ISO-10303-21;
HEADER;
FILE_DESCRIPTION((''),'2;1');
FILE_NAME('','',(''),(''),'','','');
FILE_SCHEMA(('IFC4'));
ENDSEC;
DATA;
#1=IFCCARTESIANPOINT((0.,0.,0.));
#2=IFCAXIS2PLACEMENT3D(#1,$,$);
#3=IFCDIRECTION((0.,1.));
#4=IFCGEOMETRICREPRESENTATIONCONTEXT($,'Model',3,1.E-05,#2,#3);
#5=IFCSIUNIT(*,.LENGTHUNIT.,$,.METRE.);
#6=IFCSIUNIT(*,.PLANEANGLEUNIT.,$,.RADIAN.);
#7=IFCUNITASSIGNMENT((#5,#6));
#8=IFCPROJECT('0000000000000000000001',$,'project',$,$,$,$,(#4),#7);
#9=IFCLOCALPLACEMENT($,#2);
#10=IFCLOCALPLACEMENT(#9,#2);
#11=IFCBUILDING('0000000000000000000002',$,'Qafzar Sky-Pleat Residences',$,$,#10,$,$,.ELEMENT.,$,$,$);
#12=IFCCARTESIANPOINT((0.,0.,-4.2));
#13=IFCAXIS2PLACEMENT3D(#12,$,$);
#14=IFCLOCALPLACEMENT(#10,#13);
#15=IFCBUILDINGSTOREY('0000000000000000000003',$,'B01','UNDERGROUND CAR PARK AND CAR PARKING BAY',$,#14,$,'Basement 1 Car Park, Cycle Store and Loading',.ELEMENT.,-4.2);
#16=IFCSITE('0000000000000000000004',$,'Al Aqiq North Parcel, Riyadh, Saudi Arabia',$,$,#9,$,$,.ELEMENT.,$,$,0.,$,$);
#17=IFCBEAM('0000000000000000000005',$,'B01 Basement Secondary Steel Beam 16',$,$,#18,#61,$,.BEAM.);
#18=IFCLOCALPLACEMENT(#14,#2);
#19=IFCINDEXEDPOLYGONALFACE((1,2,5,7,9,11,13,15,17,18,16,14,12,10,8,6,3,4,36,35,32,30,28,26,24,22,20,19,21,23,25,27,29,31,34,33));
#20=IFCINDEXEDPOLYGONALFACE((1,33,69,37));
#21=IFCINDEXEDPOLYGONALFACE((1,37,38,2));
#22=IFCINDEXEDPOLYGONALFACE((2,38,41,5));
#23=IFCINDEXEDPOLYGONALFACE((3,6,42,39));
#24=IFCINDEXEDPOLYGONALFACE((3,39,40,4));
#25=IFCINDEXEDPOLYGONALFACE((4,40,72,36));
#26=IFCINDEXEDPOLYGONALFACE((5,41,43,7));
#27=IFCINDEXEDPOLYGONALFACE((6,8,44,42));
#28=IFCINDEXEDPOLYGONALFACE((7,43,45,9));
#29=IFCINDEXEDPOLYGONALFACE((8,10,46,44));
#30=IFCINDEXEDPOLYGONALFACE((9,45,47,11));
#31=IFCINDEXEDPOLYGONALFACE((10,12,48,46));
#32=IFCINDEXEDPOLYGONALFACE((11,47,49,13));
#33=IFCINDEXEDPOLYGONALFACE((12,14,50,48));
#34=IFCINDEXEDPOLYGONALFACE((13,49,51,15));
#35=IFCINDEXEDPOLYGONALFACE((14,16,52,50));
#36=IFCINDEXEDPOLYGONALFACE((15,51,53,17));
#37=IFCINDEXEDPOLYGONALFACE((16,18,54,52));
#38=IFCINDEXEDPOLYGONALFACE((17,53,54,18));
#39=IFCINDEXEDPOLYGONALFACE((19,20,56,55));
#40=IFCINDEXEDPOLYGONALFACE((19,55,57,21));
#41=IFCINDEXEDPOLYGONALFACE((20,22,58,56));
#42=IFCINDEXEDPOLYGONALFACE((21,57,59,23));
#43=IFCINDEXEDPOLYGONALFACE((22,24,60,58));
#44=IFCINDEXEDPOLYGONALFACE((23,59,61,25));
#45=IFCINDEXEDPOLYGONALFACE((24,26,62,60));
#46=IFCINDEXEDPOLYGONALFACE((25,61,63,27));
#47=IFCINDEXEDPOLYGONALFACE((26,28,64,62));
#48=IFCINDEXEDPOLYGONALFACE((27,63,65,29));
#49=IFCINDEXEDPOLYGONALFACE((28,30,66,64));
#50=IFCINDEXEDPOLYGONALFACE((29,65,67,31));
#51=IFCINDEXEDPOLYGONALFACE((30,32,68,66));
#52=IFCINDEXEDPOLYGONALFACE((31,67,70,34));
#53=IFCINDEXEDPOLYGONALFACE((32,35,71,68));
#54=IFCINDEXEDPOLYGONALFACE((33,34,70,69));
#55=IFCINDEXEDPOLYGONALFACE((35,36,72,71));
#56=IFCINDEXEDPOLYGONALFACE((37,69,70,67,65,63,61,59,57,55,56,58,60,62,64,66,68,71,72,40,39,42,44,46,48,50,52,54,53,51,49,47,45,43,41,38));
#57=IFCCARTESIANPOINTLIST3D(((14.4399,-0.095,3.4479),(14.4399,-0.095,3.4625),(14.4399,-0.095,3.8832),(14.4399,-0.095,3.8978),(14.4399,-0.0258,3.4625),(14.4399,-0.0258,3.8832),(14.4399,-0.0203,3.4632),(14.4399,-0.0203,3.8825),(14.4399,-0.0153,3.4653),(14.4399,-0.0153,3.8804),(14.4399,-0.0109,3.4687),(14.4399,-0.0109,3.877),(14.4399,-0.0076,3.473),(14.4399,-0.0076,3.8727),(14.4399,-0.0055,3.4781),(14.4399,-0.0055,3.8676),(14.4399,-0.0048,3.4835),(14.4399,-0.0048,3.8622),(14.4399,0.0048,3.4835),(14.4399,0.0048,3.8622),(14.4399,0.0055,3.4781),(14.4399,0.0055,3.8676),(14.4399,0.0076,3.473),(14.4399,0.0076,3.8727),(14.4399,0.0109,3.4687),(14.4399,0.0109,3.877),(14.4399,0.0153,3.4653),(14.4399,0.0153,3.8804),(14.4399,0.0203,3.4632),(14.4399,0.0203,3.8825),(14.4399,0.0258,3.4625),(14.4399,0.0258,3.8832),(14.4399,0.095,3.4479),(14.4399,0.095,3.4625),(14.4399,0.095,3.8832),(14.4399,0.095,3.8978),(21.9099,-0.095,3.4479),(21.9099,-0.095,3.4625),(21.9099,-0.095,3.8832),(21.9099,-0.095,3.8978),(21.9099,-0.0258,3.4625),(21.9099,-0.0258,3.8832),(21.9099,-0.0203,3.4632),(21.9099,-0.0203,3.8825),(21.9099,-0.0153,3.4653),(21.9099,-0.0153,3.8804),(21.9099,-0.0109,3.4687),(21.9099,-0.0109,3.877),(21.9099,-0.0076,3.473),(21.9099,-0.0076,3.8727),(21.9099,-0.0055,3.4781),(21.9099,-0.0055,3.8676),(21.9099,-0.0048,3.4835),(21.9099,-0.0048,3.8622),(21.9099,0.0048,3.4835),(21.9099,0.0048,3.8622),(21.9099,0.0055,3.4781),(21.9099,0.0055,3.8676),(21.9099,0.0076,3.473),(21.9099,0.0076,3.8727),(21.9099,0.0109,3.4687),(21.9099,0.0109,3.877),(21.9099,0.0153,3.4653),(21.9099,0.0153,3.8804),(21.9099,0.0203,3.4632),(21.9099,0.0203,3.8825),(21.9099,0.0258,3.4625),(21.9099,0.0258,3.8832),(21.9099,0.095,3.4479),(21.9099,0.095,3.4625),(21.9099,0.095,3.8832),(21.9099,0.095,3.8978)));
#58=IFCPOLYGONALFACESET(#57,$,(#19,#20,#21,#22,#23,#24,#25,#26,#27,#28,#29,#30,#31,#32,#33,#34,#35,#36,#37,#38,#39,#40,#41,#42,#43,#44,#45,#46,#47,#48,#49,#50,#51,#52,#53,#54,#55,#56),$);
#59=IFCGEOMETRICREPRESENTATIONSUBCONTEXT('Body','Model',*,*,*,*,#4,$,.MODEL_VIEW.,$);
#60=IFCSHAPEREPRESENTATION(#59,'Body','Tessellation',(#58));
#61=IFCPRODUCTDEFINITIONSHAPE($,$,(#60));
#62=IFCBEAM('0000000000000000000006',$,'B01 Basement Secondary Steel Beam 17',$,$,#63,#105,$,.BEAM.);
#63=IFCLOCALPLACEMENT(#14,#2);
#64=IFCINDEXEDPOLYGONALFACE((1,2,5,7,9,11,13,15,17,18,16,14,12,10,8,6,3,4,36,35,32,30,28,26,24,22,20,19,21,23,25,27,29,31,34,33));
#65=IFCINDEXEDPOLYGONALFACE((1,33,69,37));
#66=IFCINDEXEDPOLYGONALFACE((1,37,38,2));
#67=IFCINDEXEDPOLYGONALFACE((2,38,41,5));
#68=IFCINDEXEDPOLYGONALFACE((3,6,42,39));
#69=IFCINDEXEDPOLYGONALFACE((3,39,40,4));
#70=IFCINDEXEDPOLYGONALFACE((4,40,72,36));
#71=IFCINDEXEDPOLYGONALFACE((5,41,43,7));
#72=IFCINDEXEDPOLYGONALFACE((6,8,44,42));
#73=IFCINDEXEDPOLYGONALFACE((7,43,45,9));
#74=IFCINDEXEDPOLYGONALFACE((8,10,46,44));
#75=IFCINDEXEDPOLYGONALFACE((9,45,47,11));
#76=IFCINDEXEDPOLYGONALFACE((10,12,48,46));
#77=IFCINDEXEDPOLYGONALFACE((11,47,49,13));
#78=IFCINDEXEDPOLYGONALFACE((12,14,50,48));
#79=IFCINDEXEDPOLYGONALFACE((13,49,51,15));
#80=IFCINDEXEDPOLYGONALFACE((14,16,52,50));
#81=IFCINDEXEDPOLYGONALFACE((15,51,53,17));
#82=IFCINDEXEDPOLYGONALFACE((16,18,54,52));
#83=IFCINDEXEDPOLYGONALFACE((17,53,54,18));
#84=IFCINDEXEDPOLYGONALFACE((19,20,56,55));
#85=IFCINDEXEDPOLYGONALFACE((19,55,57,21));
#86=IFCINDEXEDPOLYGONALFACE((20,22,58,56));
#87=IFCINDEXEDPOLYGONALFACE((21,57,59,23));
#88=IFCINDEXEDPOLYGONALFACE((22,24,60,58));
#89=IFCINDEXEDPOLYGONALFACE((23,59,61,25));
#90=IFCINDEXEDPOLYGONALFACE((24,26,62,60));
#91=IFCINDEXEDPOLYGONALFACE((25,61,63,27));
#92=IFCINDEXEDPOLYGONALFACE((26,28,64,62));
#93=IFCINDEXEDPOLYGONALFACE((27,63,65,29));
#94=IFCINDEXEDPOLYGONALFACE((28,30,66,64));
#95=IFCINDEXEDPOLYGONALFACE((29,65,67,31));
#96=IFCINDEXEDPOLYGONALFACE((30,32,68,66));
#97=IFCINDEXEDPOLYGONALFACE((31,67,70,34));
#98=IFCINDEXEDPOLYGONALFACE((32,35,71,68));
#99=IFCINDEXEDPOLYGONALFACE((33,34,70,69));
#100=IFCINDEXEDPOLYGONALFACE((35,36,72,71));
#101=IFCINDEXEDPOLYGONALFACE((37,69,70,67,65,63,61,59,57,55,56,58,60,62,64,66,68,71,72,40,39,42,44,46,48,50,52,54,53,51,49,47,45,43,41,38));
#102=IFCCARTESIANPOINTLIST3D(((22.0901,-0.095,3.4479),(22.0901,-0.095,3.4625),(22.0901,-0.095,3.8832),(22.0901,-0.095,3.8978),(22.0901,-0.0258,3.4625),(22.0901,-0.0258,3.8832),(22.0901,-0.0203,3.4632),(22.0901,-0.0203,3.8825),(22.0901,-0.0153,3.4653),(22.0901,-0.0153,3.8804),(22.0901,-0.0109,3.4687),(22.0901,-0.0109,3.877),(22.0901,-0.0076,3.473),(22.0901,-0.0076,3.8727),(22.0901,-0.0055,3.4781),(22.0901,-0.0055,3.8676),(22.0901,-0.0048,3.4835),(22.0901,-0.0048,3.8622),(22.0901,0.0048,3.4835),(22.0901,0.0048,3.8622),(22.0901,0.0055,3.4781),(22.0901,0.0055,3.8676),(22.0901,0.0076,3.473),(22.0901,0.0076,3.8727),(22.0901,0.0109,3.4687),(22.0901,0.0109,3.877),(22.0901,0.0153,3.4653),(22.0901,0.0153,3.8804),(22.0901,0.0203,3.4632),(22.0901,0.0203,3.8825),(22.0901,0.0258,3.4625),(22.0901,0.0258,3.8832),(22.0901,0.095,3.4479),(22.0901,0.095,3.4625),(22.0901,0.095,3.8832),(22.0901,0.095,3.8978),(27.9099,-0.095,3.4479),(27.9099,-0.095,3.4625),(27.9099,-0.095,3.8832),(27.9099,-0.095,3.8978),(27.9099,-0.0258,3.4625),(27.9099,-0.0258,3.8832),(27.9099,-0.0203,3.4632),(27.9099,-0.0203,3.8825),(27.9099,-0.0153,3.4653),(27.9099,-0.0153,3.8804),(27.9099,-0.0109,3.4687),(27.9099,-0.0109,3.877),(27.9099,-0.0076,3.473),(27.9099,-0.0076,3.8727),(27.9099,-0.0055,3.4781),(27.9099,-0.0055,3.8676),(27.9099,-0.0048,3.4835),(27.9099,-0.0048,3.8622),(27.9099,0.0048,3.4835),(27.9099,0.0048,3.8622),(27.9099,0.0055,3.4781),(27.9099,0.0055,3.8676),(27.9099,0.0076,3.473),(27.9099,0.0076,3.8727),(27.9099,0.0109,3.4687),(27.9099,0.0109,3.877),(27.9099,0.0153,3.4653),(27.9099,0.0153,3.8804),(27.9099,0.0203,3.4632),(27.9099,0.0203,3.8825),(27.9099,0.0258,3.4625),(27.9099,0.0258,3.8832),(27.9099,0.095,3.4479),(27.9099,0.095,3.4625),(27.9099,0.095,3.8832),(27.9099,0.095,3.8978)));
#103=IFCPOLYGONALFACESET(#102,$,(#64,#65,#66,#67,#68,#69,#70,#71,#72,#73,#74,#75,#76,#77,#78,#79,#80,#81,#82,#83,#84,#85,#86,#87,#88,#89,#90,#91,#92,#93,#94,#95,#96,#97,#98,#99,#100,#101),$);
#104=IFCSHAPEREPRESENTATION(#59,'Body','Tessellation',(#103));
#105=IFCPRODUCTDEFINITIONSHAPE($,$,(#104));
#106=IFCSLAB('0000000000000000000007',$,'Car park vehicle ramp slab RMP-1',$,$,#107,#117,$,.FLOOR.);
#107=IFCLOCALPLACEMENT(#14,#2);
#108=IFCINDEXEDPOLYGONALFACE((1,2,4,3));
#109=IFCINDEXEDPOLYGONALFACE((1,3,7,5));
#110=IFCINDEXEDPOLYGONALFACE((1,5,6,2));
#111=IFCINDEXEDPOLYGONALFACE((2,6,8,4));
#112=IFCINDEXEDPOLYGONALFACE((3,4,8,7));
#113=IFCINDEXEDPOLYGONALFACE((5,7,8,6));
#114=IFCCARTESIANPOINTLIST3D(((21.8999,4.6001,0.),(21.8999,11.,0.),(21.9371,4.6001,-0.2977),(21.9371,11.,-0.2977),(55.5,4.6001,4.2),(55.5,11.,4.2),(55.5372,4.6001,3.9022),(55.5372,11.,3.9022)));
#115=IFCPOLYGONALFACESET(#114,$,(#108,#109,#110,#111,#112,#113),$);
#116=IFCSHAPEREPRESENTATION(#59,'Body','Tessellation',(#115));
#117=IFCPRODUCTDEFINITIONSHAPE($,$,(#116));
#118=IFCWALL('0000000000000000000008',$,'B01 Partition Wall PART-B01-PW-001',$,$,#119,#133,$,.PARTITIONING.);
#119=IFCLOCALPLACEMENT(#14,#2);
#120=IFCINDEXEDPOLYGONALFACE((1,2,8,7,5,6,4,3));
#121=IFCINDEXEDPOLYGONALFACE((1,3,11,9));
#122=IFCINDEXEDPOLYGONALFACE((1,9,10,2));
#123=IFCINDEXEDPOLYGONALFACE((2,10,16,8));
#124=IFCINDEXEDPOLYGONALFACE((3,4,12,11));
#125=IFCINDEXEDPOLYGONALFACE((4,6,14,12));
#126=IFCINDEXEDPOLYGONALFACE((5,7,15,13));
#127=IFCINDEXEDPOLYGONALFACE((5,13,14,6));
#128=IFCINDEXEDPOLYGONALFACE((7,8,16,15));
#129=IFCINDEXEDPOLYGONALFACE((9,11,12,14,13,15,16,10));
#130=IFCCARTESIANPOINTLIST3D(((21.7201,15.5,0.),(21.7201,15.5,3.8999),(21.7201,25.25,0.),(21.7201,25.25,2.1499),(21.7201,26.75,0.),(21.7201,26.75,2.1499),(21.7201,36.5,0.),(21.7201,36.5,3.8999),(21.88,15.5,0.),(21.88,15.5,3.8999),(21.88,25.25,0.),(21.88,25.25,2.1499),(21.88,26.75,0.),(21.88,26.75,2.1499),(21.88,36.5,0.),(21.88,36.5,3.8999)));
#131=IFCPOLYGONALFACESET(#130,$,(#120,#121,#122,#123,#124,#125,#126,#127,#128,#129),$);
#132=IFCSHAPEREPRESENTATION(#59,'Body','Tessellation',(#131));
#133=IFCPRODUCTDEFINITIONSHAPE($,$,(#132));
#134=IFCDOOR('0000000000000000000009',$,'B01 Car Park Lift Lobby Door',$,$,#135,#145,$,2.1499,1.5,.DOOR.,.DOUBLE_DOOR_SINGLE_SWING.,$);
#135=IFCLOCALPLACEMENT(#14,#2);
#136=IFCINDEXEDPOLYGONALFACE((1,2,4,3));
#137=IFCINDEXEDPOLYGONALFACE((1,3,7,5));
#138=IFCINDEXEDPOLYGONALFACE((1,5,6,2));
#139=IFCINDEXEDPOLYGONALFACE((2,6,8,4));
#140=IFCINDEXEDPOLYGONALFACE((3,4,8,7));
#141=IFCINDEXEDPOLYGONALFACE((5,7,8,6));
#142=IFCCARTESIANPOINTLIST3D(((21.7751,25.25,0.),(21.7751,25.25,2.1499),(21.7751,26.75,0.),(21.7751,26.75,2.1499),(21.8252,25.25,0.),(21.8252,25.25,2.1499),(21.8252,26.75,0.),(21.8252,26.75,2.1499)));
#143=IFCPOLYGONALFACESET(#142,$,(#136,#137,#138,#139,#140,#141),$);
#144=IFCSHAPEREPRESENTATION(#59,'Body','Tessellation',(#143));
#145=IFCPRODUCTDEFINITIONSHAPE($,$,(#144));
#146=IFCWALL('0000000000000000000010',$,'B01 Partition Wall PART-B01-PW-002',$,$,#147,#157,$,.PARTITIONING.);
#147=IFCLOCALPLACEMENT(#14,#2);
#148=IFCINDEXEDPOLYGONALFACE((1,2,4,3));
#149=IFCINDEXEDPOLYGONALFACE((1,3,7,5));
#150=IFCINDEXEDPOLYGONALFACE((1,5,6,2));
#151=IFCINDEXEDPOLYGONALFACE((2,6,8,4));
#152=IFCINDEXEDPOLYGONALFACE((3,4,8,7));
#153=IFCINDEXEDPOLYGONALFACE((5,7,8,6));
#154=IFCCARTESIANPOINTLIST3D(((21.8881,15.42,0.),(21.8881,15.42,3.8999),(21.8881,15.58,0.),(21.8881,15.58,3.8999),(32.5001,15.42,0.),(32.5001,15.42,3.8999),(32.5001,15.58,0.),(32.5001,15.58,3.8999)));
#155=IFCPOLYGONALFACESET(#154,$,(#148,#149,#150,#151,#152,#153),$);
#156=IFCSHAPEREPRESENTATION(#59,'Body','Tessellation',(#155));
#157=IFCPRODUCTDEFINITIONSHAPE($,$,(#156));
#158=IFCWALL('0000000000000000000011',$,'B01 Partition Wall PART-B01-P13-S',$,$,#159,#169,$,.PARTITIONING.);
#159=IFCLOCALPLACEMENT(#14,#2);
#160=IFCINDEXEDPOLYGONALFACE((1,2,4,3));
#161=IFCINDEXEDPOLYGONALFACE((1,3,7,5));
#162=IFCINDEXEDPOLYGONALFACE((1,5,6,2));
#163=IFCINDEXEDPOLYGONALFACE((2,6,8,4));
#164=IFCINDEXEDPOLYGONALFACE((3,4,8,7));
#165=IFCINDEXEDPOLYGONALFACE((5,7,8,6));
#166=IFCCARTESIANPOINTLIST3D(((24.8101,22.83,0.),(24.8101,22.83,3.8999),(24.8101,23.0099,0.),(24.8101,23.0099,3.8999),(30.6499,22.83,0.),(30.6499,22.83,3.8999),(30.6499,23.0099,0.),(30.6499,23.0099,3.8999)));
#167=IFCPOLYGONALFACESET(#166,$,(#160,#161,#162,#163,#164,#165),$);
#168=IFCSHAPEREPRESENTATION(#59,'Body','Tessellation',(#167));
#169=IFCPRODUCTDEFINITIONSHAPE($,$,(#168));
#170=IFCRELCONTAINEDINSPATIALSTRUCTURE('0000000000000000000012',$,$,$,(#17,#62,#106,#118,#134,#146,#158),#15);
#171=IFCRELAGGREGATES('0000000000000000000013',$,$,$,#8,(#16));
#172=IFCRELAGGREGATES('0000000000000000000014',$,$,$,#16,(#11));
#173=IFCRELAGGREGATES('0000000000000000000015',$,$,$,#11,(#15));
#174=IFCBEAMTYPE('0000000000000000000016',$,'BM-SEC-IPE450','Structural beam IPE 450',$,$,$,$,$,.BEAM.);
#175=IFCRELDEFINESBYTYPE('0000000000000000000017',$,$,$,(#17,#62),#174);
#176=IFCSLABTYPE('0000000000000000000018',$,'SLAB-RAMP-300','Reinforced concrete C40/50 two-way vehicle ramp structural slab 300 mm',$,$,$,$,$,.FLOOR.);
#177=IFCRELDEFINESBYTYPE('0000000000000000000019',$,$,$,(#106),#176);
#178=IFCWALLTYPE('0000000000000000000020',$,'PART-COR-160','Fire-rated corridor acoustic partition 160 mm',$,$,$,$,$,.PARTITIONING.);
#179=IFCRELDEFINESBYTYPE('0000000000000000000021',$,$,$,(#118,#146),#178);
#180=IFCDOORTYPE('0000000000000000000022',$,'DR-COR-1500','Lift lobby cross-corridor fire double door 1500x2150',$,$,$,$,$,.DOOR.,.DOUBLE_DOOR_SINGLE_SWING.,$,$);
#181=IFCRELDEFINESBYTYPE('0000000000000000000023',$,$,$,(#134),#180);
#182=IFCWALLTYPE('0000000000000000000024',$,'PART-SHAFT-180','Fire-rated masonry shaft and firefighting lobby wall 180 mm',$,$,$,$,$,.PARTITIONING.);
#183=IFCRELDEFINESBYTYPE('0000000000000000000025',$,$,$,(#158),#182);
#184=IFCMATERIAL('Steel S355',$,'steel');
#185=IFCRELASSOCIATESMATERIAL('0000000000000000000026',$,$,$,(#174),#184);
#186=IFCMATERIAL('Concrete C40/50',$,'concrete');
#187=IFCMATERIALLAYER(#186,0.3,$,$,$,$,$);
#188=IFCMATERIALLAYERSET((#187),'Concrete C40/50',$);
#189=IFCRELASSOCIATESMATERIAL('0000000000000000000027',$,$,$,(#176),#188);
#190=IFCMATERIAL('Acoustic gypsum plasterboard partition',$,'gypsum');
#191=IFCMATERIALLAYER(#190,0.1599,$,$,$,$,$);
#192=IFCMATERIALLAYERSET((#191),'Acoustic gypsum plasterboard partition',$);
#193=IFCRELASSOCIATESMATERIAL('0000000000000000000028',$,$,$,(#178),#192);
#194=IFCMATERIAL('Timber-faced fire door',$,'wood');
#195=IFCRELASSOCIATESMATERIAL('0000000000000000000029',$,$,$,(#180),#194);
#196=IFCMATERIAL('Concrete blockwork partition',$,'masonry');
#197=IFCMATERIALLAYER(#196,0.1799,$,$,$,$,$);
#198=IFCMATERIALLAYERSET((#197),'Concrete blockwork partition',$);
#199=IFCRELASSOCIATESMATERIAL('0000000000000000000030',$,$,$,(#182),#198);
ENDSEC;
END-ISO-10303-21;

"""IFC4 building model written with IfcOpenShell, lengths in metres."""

from ifc_helpers import new_model, si_unit, direction, frame, frame_2d, origin, origin_2d, place, context, subcontext, project, spatial, polyline, rectangle, i_section, outline, extrude, source, transform, mapped, material, layer, layer_set, material_profile, profile_set, type_object, element, fill, save


model = new_model("IFC4")

# Units and contexts
model_context = context("Model", 3, precision=1e-05, world=origin(), true_north=direction((0.0, 1.0)))
body_context = subcontext(model_context, "Body", "Model", "MODEL_VIEW")
ifc_project = project(units=[si_unit("LENGTHUNIT", "METRE"), si_unit("PLANEANGLEUNIT", "RADIAN")], contexts=[model_context])

# Site, building, storey
site_placement = place(None, origin())
site = spatial("IfcSite", under=ifc_project, at=site_placement, Name="Al Aqiq North Parcel, Riyadh, Saudi Arabia", CompositionType="ELEMENT", RefElevation=0.0)
building_placement = place(site_placement, origin())
building = spatial("IfcBuilding", under=site, at=building_placement, Name="Qafzar Sky-Pleat Residences", CompositionType="ELEMENT")
storey_placement = place(building_placement, frame((0.0, 0.0, -4.2)))
storey = spatial("IfcBuildingStorey", under=building, at=storey_placement, Name="B01", Description="UNDERGROUND CAR PARK AND CAR PARKING BAY", LongName="Basement 1 Car Park, Cycle Store and Loading", CompositionType="ELEMENT", Elevation=-4.2)

# Beams
ifc_material_1 = material(Name="Steel S355", Category="steel")
ifc_material_profile_1 = material_profile(ifc_material_1, i_section(OverallWidth=0.1899, OverallDepth=0.45, WebThickness=0.0095, FlangeThickness=0.0146, FilletRadius=0.021, at=origin_2d()), Name="IPE 450")
ifc_profile_set_1 = profile_set([ifc_material_profile_1], Name="Steel S355")
beam_type_1 = type_object("IfcBeamType", Name="BM-SEC-IPE450", Description="Structural beam IPE 450", PredefinedType="BEAM", material=ifc_profile_set_1)
shared_shape_1 = source(origin(), body_context, "Body", "SweptSolid", [
    extrude(i_section(OverallWidth=0.1899, OverallDepth=0.45, WebThickness=0.0095, FlangeThickness=0.0146, FilletRadius=0.021, at=origin_2d()), origin(), (0.0, 0.0, 1.0), 7.47),
])
beam_1_placement = place(storey_placement, frame((14.4399, 0.0, 3.6729), z_axis=(1.0, 0.0, 0.0), x_axis=(0.0, 1.0, 0.0)))
element("IfcBeam", 1, at=beam_1_placement, inside=storey, type_object=beam_type_1, Name="B01 Basement Secondary Steel Beam 16", PredefinedType="BEAM", context=body_context, shape_type="MappedRepresentation", body=[
    mapped(shared_shape_1, transform((0.0, 0.0, 0.0), x_axis=(1.0, 0.0, 0.0), y_axis=(0.0, 1.0, 0.0), z_axis=(0.0, 0.0, 1.0), scale=1.0)),
])
shared_shape_2 = source(origin(), body_context, "Body", "SweptSolid", [
    extrude(i_section(OverallWidth=0.1899, OverallDepth=0.45, WebThickness=0.0095, FlangeThickness=0.0146, FilletRadius=0.021, at=origin_2d()), origin(), (0.0, 0.0, 1.0), 5.8198),
])
beam_2_placement = place(storey_placement, frame((22.0901, 0.0, 3.6729), z_axis=(1.0, 0.0, 0.0), x_axis=(0.0, 1.0, 0.0)))
element("IfcBeam", 2, at=beam_2_placement, inside=storey, type_object=beam_type_1, Name="B01 Basement Secondary Steel Beam 17", PredefinedType="BEAM", context=body_context, shape_type="MappedRepresentation", body=[
    mapped(shared_shape_2, transform((0.0, 0.0, 0.0), x_axis=(1.0, 0.0, 0.0), y_axis=(0.0, 1.0, 0.0), z_axis=(0.0, 0.0, 1.0), scale=1.0)),
])

# Slab
ifc_material_2 = material(Name="Concrete C40/50", Category="concrete")
ifc_layer_1 = layer(ifc_material_2, 0.3)
ifc_layer_set_1 = layer_set([ifc_layer_1], Name="Concrete C40/50")
slab_type = type_object("IfcSlabType", Name="SLAB-RAMP-300", Description="Reinforced concrete C40/50 two-way vehicle ramp structural slab 300 mm", PredefinedType="FLOOR", material=ifc_layer_set_1)
slab_placement = place(storey_placement, frame((21.8999, 4.6001, 0.0), z_axis=(-0.124033, 0.0, 0.992278), x_axis=(0.992278, 0.0, 0.124033)))
element("IfcSlab", 3, at=slab_placement, inside=storey, type_object=slab_type, Name="Car park vehicle ramp slab RMP-1", PredefinedType="FLOOR", context=body_context, shape_type="SweptSolid", body=[
    extrude(outline(polyline([(0.0, 0.0), (33.8616, 0.0), (33.8616, 6.3999), (0.0, 6.3999), (0.0, 0.0)])), origin(), (0.0, 0.0, -1.0), 0.3),
])

# Wall, opening, door
ifc_material_3 = material(Name="Acoustic gypsum plasterboard partition", Category="gypsum")
ifc_layer_2 = layer(ifc_material_3, 0.1599)
ifc_layer_set_2 = layer_set([ifc_layer_2], Name="Acoustic gypsum plasterboard partition")
wall_type_1 = type_object("IfcWallType", Name="PART-COR-160", Description="Fire-rated corridor acoustic partition 160 mm", PredefinedType="PARTITIONING", material=ifc_layer_set_2)
wall_1_placement = place(storey_placement, frame((21.8, 15.5, 0.0), z_axis=(0.0, 0.0, 1.0), x_axis=(0.0, 1.0, 0.0)))
wall_1 = element("IfcWall", 4, at=wall_1_placement, inside=storey, type_object=wall_type_1, Name="B01 Partition Wall PART-B01-PW-001", PredefinedType="PARTITIONING", context=body_context, shape_type="SweptSolid", body=[
    extrude(rectangle(XDim=21.0, YDim=0.1599, at=frame_2d((10.5, 0.0))), origin(), (0.0, 0.0, 1.0), 3.8999),
])
opening_1_placement = place(wall_1_placement, frame((9.75, 0.0, 0.0)))
opening_1 = element("IfcOpeningElement", 5, at=opening_1_placement, cuts=wall_1, PredefinedType="OPENING", context=body_context, shape_type="SweptSolid", body=[
    extrude(rectangle(XDim=1.5, YDim=2.1499, at=frame_2d((0.75, 1.075))), frame((0.0, 0.0898, 0.0), z_axis=(0.0, -1.0, 0.0), x_axis=(1.0, 0.0, 0.0)), (0.0, 0.0, 1.0), 0.1799),
])
ifc_material_4 = material(Name="Timber-faced fire door", Category="wood")
door_type_1 = type_object("IfcDoorType", Name="DR-COR-1500", Description="Lift lobby cross-corridor fire double door 1500x2150", OperationType="DOUBLE_DOOR_SINGLE_SWING", PredefinedType="DOOR", material=ifc_material_4)
shared_shape_3 = source(origin(), body_context, "Body", "SweptSolid", [
    extrude(rectangle(XDim=1.5, YDim=2.1499, at=frame_2d((0.75, 1.075))), frame((0.0, 0.0249, 0.0), z_axis=(0.0, -1.0, 0.0), x_axis=(1.0, 0.0, 0.0)), (0.0, 0.0, 1.0), 0.05),
])
door_1_placement = place(opening_1_placement, origin())
door_1 = element("IfcDoor", 6, at=door_1_placement, inside=storey, type_object=door_type_1, Name="B01 Car Park Lift Lobby Door", OperationType="DOUBLE_DOOR_SINGLE_SWING", OverallHeight=2.1499, OverallWidth=1.5, PredefinedType="DOOR", context=body_context, shape_type="MappedRepresentation", body=[
    mapped(shared_shape_3, transform((0.0, 0.0, 0.0), x_axis=(1.0, 0.0, 0.0), y_axis=(0.0, 1.0, 0.0), z_axis=(0.0, 0.0, 1.0), scale=1.0)),
])
fill(opening_1, door_1)

# Walls
wall_2_placement = place(storey_placement, frame((21.8879, 15.5, 0.0), z_axis=(0.0, 0.0, 1.0), x_axis=(1.0, 0.0, 0.0)))
element("IfcWall", 7, at=wall_2_placement, inside=storey, type_object=wall_type_1, Name="B01 Partition Wall PART-B01-PW-002", PredefinedType="PARTITIONING", context=body_context, shape_type="SweptSolid", body=[
    extrude(rectangle(XDim=10.6121, YDim=0.1599, at=frame_2d((5.3062, 0.0))), origin(), (0.0, 0.0, 1.0), 3.8999),
])
ifc_material_5 = material(Name="Concrete blockwork partition", Category="masonry")
ifc_layer_3 = layer(ifc_material_5, 0.1799)
ifc_layer_set_3 = layer_set([ifc_layer_3], Name="Concrete blockwork partition")
wall_type_2 = type_object("IfcWallType", Name="PART-SHAFT-180", Description="Fire-rated masonry shaft and firefighting lobby wall 180 mm", PredefinedType="PARTITIONING", material=ifc_layer_set_3)
wall_3_placement = place(storey_placement, frame((24.8101, 22.9199, 0.0), z_axis=(0.0, 0.0, 1.0), x_axis=(1.0, 0.0, 0.0)))
element("IfcWall", 8, at=wall_3_placement, inside=storey, type_object=wall_type_2, Name="B01 Partition Wall PART-B01-P13-S", PredefinedType="PARTITIONING", context=body_context, shape_type="SweptSolid", body=[
    extrude(rectangle(XDim=5.8398, YDim=0.1799, at=frame_2d((2.9199, 0.0))), origin(), (0.0, 0.0, 1.0), 3.8999),
])

save(model, "model.ifc")
